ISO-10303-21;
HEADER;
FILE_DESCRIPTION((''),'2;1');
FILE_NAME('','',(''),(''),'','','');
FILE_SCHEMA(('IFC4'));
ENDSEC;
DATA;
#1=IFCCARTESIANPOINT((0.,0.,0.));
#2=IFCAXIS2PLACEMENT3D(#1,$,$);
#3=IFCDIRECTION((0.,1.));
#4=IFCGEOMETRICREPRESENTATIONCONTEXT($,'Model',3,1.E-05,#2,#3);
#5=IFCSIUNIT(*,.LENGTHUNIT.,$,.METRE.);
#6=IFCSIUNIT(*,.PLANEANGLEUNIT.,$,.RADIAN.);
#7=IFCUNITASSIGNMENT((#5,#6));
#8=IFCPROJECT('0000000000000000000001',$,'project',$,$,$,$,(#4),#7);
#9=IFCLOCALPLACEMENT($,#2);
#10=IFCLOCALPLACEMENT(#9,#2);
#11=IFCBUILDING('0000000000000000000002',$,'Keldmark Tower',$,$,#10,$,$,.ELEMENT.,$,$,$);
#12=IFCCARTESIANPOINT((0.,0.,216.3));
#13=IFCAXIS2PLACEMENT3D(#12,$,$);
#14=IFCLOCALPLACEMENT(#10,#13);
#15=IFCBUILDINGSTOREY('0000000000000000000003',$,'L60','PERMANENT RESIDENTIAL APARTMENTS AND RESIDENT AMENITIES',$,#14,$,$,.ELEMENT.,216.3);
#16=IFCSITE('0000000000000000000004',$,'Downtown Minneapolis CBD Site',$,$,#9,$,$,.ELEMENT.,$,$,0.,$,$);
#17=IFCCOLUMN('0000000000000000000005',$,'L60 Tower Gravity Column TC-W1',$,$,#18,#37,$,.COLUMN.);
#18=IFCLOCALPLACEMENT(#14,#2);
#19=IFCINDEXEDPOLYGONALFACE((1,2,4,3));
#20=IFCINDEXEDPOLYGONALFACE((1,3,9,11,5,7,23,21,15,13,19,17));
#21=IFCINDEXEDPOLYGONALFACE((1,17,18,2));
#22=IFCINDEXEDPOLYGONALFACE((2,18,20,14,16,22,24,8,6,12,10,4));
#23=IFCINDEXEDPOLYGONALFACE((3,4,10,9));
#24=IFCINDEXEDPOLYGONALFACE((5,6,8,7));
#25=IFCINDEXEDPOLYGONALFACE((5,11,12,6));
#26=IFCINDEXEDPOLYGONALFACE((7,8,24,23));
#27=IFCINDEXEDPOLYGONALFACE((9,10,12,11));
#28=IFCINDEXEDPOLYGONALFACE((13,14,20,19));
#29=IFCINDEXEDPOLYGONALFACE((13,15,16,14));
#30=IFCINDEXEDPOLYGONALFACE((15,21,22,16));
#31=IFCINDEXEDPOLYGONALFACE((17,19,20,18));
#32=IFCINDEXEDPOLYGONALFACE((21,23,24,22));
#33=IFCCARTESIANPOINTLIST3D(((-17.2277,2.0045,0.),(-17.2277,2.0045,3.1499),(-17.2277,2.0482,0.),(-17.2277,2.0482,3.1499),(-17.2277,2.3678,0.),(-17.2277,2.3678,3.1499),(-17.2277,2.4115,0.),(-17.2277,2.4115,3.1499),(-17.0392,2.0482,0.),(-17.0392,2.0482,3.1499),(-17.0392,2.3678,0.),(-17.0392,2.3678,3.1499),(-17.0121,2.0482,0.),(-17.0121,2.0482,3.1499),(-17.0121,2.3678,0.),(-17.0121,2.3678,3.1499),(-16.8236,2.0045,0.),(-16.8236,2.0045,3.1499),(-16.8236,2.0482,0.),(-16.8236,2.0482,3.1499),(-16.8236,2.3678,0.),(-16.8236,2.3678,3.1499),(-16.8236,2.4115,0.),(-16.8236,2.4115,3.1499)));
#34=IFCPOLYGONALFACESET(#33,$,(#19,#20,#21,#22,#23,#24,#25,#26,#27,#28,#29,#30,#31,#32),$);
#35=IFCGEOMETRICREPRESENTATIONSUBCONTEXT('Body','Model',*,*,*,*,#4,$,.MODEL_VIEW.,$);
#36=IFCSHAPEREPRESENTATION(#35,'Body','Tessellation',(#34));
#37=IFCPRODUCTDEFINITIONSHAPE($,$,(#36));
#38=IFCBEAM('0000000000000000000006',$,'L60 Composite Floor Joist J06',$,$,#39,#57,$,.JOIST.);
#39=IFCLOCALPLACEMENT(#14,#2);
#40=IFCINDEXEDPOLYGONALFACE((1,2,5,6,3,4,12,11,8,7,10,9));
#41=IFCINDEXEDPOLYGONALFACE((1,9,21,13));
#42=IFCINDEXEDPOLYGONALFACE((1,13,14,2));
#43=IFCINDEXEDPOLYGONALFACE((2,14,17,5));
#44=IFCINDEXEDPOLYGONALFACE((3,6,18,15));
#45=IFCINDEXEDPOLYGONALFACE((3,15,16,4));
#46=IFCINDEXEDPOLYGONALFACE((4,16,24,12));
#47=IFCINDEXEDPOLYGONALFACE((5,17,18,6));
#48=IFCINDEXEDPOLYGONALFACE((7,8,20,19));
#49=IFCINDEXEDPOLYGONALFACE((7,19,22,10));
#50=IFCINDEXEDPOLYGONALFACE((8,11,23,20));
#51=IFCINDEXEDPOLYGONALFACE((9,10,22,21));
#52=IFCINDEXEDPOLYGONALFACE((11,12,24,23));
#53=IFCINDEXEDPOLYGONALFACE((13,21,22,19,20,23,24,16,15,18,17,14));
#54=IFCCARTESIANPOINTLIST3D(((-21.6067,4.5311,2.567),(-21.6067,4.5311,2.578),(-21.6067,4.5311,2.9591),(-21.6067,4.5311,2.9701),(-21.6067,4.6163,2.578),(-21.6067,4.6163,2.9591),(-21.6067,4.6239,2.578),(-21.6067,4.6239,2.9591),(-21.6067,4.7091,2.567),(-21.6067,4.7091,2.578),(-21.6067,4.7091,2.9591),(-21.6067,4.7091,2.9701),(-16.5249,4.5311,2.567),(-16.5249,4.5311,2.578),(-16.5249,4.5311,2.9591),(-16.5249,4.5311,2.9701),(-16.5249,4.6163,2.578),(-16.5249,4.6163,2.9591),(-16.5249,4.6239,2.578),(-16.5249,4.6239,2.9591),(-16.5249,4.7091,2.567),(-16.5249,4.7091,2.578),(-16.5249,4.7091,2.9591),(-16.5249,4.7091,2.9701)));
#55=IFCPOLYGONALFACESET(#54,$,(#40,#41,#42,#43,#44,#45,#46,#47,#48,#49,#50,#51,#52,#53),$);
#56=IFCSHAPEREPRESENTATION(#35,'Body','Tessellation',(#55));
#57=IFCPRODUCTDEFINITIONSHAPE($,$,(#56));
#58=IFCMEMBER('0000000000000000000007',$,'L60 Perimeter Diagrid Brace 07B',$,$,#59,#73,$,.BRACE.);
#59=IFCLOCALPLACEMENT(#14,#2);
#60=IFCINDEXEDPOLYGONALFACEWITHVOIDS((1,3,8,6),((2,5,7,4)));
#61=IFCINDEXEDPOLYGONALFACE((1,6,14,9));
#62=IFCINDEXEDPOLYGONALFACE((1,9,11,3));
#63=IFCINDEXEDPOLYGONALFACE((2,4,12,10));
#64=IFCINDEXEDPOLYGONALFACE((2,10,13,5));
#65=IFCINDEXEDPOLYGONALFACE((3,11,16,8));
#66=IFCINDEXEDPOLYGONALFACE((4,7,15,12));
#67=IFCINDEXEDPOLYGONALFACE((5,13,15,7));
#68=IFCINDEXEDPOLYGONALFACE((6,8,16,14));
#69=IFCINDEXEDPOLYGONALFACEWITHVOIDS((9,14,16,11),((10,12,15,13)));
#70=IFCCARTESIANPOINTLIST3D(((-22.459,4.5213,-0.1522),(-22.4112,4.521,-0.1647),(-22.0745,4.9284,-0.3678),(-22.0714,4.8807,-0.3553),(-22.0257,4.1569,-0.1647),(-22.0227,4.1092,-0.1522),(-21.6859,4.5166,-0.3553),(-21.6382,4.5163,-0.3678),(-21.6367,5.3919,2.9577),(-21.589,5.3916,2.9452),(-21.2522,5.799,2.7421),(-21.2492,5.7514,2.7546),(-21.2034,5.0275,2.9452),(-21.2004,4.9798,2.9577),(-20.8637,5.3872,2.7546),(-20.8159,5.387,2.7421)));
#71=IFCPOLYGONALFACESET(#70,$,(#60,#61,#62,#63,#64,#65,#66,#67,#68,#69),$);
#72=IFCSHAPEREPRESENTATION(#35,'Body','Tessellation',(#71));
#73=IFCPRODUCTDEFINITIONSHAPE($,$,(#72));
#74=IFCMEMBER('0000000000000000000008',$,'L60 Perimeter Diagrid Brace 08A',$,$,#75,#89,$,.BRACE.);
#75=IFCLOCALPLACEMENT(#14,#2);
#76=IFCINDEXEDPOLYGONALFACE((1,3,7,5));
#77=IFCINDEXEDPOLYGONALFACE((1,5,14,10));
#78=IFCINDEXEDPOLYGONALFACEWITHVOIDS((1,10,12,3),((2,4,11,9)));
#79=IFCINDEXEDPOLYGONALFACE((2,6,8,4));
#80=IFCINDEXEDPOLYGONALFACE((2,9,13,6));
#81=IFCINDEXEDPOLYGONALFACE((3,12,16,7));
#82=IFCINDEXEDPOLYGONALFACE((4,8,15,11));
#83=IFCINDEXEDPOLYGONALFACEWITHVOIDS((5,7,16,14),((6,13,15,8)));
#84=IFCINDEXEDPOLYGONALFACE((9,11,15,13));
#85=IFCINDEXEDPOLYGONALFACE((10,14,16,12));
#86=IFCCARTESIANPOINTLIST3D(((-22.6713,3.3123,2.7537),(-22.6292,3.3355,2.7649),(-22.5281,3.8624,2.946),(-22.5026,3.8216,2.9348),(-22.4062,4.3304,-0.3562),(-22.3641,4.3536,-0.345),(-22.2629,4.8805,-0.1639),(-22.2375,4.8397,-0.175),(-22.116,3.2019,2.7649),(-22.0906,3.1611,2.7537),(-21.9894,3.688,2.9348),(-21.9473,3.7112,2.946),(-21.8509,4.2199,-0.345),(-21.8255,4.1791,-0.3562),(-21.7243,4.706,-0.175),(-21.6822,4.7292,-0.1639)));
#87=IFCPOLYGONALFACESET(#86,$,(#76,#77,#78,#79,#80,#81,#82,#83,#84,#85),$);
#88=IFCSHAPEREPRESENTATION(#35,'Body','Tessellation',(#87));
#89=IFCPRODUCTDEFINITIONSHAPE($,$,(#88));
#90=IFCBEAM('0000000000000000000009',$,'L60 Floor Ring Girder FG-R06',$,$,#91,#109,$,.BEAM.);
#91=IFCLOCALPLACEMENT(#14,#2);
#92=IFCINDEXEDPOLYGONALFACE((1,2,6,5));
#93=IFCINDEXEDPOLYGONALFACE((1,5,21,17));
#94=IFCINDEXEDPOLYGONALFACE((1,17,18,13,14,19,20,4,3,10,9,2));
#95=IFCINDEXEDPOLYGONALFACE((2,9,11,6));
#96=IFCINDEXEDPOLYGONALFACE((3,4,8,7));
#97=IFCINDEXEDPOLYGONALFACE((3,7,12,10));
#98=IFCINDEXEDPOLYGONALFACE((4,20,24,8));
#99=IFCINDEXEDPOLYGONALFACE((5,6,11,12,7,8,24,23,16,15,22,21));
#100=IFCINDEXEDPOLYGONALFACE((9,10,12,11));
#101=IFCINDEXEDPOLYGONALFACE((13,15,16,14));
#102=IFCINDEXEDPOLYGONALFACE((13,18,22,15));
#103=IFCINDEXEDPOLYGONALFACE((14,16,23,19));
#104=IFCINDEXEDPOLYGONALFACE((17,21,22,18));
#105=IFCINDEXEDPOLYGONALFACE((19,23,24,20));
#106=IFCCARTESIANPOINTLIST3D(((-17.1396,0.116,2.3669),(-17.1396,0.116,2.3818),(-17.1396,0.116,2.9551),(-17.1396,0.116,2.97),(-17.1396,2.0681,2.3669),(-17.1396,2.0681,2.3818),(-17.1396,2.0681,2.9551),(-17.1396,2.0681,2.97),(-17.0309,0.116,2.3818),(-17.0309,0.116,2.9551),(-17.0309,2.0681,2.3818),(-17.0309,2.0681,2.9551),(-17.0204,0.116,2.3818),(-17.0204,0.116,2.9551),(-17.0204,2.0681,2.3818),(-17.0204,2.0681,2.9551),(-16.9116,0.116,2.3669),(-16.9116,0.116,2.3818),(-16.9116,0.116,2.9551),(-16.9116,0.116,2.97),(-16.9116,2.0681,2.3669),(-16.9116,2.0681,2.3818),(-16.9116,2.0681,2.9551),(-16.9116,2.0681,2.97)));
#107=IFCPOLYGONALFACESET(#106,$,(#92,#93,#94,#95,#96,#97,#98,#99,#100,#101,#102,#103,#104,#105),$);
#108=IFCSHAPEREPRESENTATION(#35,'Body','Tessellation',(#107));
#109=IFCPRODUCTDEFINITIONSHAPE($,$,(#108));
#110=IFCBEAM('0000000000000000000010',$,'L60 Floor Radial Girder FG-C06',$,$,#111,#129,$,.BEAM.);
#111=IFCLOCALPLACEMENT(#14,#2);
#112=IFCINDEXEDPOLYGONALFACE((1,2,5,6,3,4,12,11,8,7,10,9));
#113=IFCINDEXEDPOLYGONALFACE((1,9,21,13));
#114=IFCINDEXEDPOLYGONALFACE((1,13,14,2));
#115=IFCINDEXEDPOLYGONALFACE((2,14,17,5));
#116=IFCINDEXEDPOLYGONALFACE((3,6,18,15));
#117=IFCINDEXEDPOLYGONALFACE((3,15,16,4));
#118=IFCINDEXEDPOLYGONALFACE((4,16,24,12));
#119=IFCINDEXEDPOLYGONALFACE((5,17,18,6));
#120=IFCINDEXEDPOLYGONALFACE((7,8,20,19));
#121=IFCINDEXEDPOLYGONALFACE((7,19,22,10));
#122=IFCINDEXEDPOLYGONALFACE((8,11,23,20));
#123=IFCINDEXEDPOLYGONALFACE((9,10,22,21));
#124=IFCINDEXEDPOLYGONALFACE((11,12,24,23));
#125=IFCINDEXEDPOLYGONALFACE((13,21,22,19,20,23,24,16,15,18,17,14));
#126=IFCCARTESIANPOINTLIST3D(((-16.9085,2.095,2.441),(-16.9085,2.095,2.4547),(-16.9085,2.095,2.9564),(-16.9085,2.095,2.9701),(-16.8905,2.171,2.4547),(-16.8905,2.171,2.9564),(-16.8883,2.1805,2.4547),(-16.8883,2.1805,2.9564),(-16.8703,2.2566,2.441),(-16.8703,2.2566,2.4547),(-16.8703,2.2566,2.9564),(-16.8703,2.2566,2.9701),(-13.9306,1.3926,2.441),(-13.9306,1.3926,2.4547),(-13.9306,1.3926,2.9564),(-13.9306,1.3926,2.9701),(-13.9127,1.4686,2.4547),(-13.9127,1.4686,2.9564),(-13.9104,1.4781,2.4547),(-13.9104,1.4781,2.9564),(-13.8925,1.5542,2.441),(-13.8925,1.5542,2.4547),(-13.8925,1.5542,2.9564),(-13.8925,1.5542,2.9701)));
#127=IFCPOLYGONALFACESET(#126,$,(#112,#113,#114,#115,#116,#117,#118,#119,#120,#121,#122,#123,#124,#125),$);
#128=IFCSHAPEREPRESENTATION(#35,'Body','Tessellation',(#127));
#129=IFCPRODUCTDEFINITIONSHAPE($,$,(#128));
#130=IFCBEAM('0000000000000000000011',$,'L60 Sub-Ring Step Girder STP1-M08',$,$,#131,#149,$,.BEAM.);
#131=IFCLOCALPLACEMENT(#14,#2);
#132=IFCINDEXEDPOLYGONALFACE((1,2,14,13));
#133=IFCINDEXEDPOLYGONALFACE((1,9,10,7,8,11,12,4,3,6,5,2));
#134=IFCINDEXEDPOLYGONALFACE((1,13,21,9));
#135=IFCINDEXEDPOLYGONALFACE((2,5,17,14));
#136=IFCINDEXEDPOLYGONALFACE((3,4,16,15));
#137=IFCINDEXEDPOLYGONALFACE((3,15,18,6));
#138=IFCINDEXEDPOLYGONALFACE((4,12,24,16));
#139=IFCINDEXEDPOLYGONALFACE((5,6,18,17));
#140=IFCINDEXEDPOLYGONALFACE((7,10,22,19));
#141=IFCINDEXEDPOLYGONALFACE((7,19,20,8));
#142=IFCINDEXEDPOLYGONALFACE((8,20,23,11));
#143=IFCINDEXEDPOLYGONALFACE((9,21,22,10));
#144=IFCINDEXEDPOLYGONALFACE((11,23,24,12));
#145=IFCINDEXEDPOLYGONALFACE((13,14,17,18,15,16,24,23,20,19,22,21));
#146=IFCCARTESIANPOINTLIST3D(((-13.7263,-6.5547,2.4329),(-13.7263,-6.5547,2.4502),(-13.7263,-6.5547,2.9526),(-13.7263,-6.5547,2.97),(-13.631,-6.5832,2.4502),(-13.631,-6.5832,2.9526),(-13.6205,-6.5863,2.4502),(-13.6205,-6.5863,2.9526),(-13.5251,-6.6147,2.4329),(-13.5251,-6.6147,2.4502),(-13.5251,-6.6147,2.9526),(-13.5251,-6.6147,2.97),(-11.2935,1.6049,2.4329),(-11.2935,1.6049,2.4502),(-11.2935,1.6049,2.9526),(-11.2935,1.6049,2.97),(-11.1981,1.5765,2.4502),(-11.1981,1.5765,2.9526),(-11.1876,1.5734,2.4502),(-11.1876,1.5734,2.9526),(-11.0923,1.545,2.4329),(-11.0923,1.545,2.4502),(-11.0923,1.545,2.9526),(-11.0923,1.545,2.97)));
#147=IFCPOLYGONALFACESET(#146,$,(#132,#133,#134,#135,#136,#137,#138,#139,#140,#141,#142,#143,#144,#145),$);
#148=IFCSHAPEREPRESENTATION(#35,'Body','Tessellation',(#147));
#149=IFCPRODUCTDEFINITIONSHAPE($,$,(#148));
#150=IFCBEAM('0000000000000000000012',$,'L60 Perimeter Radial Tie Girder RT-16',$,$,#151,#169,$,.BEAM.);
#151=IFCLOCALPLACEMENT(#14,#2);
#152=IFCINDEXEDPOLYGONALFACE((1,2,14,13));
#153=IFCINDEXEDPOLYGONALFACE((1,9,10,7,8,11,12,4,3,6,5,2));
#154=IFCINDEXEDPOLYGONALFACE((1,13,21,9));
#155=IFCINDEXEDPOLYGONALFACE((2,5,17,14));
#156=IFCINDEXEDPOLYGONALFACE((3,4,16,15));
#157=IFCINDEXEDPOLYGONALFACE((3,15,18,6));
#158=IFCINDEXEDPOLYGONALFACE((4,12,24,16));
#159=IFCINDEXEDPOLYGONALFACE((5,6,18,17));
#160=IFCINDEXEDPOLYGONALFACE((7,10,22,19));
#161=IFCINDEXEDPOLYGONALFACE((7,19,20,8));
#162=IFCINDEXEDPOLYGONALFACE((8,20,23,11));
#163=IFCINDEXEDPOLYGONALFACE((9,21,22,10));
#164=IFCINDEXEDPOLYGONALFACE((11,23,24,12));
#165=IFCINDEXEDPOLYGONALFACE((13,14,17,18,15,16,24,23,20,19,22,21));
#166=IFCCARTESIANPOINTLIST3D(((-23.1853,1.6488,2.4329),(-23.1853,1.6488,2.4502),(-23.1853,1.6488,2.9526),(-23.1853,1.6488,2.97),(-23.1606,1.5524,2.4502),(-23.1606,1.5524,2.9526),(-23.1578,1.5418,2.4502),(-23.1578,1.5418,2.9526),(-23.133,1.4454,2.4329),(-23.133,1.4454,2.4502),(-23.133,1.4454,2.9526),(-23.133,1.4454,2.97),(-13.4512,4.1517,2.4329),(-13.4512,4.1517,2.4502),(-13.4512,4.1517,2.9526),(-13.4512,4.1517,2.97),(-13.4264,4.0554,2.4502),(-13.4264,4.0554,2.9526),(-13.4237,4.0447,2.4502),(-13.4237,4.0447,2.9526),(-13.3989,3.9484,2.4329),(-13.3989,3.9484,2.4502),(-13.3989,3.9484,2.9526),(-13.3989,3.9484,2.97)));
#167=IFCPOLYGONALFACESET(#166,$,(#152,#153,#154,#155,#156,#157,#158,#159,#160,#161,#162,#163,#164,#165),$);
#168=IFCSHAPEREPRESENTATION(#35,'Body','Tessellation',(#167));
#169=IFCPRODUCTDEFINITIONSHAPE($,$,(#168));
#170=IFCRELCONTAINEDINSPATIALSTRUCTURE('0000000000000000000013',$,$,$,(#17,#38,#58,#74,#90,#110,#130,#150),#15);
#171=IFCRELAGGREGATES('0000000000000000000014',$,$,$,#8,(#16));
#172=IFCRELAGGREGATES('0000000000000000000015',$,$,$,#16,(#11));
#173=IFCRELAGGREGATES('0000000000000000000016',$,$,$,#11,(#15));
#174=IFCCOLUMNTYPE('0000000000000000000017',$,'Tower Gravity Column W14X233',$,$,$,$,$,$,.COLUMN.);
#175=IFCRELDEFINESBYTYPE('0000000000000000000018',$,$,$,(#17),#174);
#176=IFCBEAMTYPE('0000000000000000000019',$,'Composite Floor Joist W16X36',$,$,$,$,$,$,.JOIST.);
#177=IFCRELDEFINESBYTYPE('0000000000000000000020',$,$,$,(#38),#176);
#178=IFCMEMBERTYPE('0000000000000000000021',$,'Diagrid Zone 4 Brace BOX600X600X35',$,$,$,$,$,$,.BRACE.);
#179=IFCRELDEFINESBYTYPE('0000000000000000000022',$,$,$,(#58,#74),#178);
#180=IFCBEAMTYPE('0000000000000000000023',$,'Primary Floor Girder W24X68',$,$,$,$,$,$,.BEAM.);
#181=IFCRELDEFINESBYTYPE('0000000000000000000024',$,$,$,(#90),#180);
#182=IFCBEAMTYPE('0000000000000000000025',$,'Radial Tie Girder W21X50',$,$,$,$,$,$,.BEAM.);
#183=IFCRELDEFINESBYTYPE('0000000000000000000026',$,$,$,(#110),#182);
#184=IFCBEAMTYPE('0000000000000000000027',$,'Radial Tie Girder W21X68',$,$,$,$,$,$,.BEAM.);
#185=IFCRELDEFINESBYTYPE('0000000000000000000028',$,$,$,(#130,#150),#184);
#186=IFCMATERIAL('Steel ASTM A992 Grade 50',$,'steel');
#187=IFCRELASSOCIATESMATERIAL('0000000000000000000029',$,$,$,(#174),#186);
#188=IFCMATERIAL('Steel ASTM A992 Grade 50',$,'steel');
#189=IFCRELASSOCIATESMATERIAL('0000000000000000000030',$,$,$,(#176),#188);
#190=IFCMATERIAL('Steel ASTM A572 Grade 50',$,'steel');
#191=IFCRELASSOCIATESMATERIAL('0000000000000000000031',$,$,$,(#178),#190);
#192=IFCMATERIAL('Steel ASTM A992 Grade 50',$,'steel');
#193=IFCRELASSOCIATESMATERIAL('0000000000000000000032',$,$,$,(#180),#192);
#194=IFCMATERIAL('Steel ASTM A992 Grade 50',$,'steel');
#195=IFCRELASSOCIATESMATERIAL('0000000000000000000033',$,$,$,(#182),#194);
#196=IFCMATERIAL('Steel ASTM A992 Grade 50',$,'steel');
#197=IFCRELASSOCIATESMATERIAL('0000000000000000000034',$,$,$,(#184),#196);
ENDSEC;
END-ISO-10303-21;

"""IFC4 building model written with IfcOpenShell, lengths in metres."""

from ifc_helpers import new_model, si_unit, direction, frame, origin, origin_2d, place, context, subcontext, project, spatial, hollow_rectangle, i_section, extrude, material, material_profile, profile_set, type_object, element, save


model = new_model("IFC4")

# Units and contexts
model_context = context("Model", 3, precision=1e-05, world=origin(), true_north=direction((0.0, 1.0)))
body_context = subcontext(model_context, "Body", "Model", "MODEL_VIEW")
ifc_project = project(units=[si_unit("LENGTHUNIT", "METRE"), si_unit("PLANEANGLEUNIT", "RADIAN")], contexts=[model_context])

# Site, building, storey
site_placement = place(None, origin())
site = spatial("IfcSite", under=ifc_project, at=site_placement, Name="Downtown Minneapolis CBD Site", CompositionType="ELEMENT", RefElevation=0.0)
building_placement = place(site_placement, origin())
building = spatial("IfcBuilding", under=site, at=building_placement, Name="Keldmark Tower", CompositionType="ELEMENT")
storey_placement = place(building_placement, frame((0.0, 0.0, 216.3)))
storey = spatial("IfcBuildingStorey", under=building, at=storey_placement, Name="L60", Description="PERMANENT RESIDENTIAL APARTMENTS AND RESIDENT AMENITIES", CompositionType="ELEMENT", Elevation=216.3)

# Column
ifc_material_1 = material(Name="Steel ASTM A992 Grade 50", Category="steel")
ifc_material_profile_1 = material_profile(ifc_material_1, i_section(OverallWidth=0.4041, OverallDepth=0.407, WebThickness=0.0271, FlangeThickness=0.0437, at=origin_2d()), Name="W14X233")
ifc_profile_set_1 = profile_set([ifc_material_profile_1], Name="Steel ASTM A992 Grade 50")
column_type = type_object("IfcColumnType", Name="Tower Gravity Column W14X233", PredefinedType="COLUMN", material=ifc_profile_set_1)
column_placement = place(storey_placement, frame((-17.0256, 2.208, 0.0), z_axis=(0.0, 0.0, 1.0), x_axis=(1.0, 0.0, 0.0)))
element("IfcColumn", 1, at=column_placement, inside=storey, type_object=column_type, Name="L60 Tower Gravity Column TC-W1", PredefinedType="COLUMN", context=body_context, shape_type="SweptSolid", body=[
    extrude(i_section(OverallWidth=0.4041, OverallDepth=0.407, WebThickness=0.0271, FlangeThickness=0.0437, at=origin_2d()), origin(), (0.0, 0.0, 1.0), 3.1499),
])

# Beam
ifc_material_2 = material(Name="Steel ASTM A992 Grade 50", Category="steel")
ifc_material_profile_2 = material_profile(ifc_material_2, i_section(OverallWidth=0.178, OverallDepth=0.4031, WebThickness=0.0076, FlangeThickness=0.011, at=origin_2d()), Name="W16X36")
ifc_profile_set_2 = profile_set([ifc_material_profile_2], Name="Steel ASTM A992 Grade 50")
beam_type_1 = type_object("IfcBeamType", Name="Composite Floor Joist W16X36", PredefinedType="JOIST", material=ifc_profile_set_2)
beam_1_placement = place(storey_placement, frame((-21.6067, 4.6201, 2.7686), z_axis=(1.0, 0.0, 0.0), x_axis=(0.0, 1.0, 0.0)))
element("IfcBeam", 2, at=beam_1_placement, inside=storey, type_object=beam_type_1, Name="L60 Composite Floor Joist J06", PredefinedType="JOIST", context=body_context, shape_type="SweptSolid", body=[
    extrude(i_section(OverallWidth=0.178, OverallDepth=0.4031, WebThickness=0.0076, FlangeThickness=0.011, at=origin_2d()), origin(), (0.0, 0.0, 1.0), 5.0818),
])

# Members
ifc_material_3 = material(Name="Steel ASTM A572 Grade 50", Category="steel")
ifc_material_profile_3 = material_profile(ifc_material_3, hollow_rectangle(XDim=0.6001, YDim=0.6001, WallThickness=0.0349, at=origin_2d()), Name="BOX600X600X35")
ifc_profile_set_3 = profile_set([ifc_material_profile_3], Name="Steel ASTM A572 Grade 50")
member_type = type_object("IfcMemberType", Name="Diagrid Zone 4 Brace BOX600X600X35", PredefinedType="BRACE", material=ifc_profile_set_3)
member_1_placement = place(storey_placement, frame((-22.0486, 4.5188, -0.26), z_axis=(0.246744, 0.26125, 0.933202), x_axis=(-0.727002, 0.686636, 0.0)))
element("IfcMember", 3, at=member_1_placement, inside=storey, type_object=member_type, Name="L60 Perimeter Diagrid Brace 07B", PredefinedType="BRACE", context=body_context, shape_type="SweptSolid", body=[
    extrude(hollow_rectangle(XDim=0.6001, YDim=0.6001, WallThickness=0.0349, at=origin_2d()), origin(), (0.0, 0.0, 1.0), 3.3325),
])
member_2_placement = place(storey_placement, frame((-22.0442, 4.5298, -0.26), z_axis=(-0.080761, -0.310104, 0.947266), x_axis=(0.967721, -0.252025, 0.0)))
element("IfcMember", 4, at=member_2_placement, inside=storey, type_object=member_type, Name="L60 Perimeter Diagrid Brace 08A", PredefinedType="BRACE", context=body_context, shape_type="SweptSolid", body=[
    extrude(hollow_rectangle(XDim=0.6001, YDim=0.6001, WallThickness=0.0349, at=origin_2d()), origin(), (0.0, 0.0, 1.0), 3.283),
])

# Beams
ifc_material_4 = material(Name="Steel ASTM A992 Grade 50", Category="steel")
ifc_material_profile_4 = material_profile(ifc_material_4, i_section(OverallWidth=0.228, OverallDepth=0.603, WebThickness=0.0105, FlangeThickness=0.0149, at=origin_2d()), Name="W24X68")
ifc_profile_set_4 = profile_set([ifc_material_profile_4], Name="Steel ASTM A992 Grade 50")
beam_type_2 = type_object("IfcBeamType", Name="Primary Floor Girder W24X68", PredefinedType="BEAM", material=ifc_profile_set_4)
beam_2_placement = place(storey_placement, frame((-17.0256, 2.0681, 2.6685), z_axis=(0.0, -1.0, 0.0), x_axis=(1.0, 0.0, 0.0)))
element("IfcBeam", 5, at=beam_2_placement, inside=storey, type_object=beam_type_2, Name="L60 Floor Ring Girder FG-R06", PredefinedType="BEAM", context=body_context, shape_type="SweptSolid", body=[
    extrude(i_section(OverallWidth=0.228, OverallDepth=0.603, WebThickness=0.0105, FlangeThickness=0.0149, at=origin_2d()), origin(), (0.0, 0.0, 1.0), 1.9521),
])
ifc_material_5 = material(Name="Steel ASTM A992 Grade 50", Category="steel")
ifc_material_profile_5 = material_profile(ifc_material_5, i_section(OverallWidth=0.166, OverallDepth=0.5291, WebThickness=0.0098, FlangeThickness=0.0137, at=origin_2d()), Name="W21X50")
ifc_profile_set_5 = profile_set([ifc_material_profile_5], Name="Steel ASTM A992 Grade 50")
beam_type_3 = type_object("IfcBeamType", Name="Radial Tie Girder W21X50", PredefinedType="BEAM", material=ifc_profile_set_5)
beam_3_placement = place(storey_placement, frame((-16.8894, 2.1758, 2.7056), z_axis=(0.97329, -0.229577, 0.0), x_axis=(0.229577, 0.97329, 0.0)))
element("IfcBeam", 6, at=beam_3_placement, inside=storey, type_object=beam_type_3, Name="L60 Floor Radial Girder FG-C06", PredefinedType="BEAM", context=body_context, shape_type="SweptSolid", body=[
    extrude(i_section(OverallWidth=0.166, OverallDepth=0.5291, WebThickness=0.0098, FlangeThickness=0.0137, at=origin_2d()), origin(), (0.0, 0.0, 1.0), 3.0596),
])
ifc_material_6 = material(Name="Steel ASTM A992 Grade 50", Category="steel")
ifc_material_profile_6 = material_profile(ifc_material_6, i_section(OverallWidth=0.21, OverallDepth=0.5371, WebThickness=0.011, FlangeThickness=0.0173, at=origin_2d()), Name="W21X68")
ifc_profile_set_6 = profile_set([ifc_material_profile_6], Name="Steel ASTM A992 Grade 50")
beam_type_4 = type_object("IfcBeamType", Name="Radial Tie Girder W21X68", PredefinedType="BEAM", material=ifc_profile_set_6)
beam_4_placement = place(storey_placement, frame((-11.1929, 1.575, 2.7014), z_axis=(-0.285727, -0.958311, 0.0), x_axis=(0.958311, -0.285727, 0.0)))
element("IfcBeam", 7, at=beam_4_placement, inside=storey, type_object=beam_type_4, Name="L60 Sub-Ring Step Girder STP1-M08", PredefinedType="BEAM", context=body_context, shape_type="SweptSolid", body=[
    extrude(i_section(OverallWidth=0.21, OverallDepth=0.5371, WebThickness=0.011, FlangeThickness=0.0173, at=origin_2d()), origin(), (0.0, 0.0, 1.0), 8.5146),
])
beam_5_placement = place(storey_placement, frame((-13.425, 4.05, 2.7014), z_axis=(-0.968496, -0.249029, 0.0), x_axis=(0.249029, -0.968496, 0.0)))
element("IfcBeam", 8, at=beam_5_placement, inside=storey, type_object=beam_type_4, Name="L60 Perimeter Radial Tie Girder RT-16", PredefinedType="BEAM", context=body_context, shape_type="SweptSolid", body=[
    extrude(i_section(OverallWidth=0.21, OverallDepth=0.5371, WebThickness=0.011, FlangeThickness=0.0173, at=origin_2d()), origin(), (0.0, 0.0, 1.0), 10.0508),
])

save(model, "model.ifc")
